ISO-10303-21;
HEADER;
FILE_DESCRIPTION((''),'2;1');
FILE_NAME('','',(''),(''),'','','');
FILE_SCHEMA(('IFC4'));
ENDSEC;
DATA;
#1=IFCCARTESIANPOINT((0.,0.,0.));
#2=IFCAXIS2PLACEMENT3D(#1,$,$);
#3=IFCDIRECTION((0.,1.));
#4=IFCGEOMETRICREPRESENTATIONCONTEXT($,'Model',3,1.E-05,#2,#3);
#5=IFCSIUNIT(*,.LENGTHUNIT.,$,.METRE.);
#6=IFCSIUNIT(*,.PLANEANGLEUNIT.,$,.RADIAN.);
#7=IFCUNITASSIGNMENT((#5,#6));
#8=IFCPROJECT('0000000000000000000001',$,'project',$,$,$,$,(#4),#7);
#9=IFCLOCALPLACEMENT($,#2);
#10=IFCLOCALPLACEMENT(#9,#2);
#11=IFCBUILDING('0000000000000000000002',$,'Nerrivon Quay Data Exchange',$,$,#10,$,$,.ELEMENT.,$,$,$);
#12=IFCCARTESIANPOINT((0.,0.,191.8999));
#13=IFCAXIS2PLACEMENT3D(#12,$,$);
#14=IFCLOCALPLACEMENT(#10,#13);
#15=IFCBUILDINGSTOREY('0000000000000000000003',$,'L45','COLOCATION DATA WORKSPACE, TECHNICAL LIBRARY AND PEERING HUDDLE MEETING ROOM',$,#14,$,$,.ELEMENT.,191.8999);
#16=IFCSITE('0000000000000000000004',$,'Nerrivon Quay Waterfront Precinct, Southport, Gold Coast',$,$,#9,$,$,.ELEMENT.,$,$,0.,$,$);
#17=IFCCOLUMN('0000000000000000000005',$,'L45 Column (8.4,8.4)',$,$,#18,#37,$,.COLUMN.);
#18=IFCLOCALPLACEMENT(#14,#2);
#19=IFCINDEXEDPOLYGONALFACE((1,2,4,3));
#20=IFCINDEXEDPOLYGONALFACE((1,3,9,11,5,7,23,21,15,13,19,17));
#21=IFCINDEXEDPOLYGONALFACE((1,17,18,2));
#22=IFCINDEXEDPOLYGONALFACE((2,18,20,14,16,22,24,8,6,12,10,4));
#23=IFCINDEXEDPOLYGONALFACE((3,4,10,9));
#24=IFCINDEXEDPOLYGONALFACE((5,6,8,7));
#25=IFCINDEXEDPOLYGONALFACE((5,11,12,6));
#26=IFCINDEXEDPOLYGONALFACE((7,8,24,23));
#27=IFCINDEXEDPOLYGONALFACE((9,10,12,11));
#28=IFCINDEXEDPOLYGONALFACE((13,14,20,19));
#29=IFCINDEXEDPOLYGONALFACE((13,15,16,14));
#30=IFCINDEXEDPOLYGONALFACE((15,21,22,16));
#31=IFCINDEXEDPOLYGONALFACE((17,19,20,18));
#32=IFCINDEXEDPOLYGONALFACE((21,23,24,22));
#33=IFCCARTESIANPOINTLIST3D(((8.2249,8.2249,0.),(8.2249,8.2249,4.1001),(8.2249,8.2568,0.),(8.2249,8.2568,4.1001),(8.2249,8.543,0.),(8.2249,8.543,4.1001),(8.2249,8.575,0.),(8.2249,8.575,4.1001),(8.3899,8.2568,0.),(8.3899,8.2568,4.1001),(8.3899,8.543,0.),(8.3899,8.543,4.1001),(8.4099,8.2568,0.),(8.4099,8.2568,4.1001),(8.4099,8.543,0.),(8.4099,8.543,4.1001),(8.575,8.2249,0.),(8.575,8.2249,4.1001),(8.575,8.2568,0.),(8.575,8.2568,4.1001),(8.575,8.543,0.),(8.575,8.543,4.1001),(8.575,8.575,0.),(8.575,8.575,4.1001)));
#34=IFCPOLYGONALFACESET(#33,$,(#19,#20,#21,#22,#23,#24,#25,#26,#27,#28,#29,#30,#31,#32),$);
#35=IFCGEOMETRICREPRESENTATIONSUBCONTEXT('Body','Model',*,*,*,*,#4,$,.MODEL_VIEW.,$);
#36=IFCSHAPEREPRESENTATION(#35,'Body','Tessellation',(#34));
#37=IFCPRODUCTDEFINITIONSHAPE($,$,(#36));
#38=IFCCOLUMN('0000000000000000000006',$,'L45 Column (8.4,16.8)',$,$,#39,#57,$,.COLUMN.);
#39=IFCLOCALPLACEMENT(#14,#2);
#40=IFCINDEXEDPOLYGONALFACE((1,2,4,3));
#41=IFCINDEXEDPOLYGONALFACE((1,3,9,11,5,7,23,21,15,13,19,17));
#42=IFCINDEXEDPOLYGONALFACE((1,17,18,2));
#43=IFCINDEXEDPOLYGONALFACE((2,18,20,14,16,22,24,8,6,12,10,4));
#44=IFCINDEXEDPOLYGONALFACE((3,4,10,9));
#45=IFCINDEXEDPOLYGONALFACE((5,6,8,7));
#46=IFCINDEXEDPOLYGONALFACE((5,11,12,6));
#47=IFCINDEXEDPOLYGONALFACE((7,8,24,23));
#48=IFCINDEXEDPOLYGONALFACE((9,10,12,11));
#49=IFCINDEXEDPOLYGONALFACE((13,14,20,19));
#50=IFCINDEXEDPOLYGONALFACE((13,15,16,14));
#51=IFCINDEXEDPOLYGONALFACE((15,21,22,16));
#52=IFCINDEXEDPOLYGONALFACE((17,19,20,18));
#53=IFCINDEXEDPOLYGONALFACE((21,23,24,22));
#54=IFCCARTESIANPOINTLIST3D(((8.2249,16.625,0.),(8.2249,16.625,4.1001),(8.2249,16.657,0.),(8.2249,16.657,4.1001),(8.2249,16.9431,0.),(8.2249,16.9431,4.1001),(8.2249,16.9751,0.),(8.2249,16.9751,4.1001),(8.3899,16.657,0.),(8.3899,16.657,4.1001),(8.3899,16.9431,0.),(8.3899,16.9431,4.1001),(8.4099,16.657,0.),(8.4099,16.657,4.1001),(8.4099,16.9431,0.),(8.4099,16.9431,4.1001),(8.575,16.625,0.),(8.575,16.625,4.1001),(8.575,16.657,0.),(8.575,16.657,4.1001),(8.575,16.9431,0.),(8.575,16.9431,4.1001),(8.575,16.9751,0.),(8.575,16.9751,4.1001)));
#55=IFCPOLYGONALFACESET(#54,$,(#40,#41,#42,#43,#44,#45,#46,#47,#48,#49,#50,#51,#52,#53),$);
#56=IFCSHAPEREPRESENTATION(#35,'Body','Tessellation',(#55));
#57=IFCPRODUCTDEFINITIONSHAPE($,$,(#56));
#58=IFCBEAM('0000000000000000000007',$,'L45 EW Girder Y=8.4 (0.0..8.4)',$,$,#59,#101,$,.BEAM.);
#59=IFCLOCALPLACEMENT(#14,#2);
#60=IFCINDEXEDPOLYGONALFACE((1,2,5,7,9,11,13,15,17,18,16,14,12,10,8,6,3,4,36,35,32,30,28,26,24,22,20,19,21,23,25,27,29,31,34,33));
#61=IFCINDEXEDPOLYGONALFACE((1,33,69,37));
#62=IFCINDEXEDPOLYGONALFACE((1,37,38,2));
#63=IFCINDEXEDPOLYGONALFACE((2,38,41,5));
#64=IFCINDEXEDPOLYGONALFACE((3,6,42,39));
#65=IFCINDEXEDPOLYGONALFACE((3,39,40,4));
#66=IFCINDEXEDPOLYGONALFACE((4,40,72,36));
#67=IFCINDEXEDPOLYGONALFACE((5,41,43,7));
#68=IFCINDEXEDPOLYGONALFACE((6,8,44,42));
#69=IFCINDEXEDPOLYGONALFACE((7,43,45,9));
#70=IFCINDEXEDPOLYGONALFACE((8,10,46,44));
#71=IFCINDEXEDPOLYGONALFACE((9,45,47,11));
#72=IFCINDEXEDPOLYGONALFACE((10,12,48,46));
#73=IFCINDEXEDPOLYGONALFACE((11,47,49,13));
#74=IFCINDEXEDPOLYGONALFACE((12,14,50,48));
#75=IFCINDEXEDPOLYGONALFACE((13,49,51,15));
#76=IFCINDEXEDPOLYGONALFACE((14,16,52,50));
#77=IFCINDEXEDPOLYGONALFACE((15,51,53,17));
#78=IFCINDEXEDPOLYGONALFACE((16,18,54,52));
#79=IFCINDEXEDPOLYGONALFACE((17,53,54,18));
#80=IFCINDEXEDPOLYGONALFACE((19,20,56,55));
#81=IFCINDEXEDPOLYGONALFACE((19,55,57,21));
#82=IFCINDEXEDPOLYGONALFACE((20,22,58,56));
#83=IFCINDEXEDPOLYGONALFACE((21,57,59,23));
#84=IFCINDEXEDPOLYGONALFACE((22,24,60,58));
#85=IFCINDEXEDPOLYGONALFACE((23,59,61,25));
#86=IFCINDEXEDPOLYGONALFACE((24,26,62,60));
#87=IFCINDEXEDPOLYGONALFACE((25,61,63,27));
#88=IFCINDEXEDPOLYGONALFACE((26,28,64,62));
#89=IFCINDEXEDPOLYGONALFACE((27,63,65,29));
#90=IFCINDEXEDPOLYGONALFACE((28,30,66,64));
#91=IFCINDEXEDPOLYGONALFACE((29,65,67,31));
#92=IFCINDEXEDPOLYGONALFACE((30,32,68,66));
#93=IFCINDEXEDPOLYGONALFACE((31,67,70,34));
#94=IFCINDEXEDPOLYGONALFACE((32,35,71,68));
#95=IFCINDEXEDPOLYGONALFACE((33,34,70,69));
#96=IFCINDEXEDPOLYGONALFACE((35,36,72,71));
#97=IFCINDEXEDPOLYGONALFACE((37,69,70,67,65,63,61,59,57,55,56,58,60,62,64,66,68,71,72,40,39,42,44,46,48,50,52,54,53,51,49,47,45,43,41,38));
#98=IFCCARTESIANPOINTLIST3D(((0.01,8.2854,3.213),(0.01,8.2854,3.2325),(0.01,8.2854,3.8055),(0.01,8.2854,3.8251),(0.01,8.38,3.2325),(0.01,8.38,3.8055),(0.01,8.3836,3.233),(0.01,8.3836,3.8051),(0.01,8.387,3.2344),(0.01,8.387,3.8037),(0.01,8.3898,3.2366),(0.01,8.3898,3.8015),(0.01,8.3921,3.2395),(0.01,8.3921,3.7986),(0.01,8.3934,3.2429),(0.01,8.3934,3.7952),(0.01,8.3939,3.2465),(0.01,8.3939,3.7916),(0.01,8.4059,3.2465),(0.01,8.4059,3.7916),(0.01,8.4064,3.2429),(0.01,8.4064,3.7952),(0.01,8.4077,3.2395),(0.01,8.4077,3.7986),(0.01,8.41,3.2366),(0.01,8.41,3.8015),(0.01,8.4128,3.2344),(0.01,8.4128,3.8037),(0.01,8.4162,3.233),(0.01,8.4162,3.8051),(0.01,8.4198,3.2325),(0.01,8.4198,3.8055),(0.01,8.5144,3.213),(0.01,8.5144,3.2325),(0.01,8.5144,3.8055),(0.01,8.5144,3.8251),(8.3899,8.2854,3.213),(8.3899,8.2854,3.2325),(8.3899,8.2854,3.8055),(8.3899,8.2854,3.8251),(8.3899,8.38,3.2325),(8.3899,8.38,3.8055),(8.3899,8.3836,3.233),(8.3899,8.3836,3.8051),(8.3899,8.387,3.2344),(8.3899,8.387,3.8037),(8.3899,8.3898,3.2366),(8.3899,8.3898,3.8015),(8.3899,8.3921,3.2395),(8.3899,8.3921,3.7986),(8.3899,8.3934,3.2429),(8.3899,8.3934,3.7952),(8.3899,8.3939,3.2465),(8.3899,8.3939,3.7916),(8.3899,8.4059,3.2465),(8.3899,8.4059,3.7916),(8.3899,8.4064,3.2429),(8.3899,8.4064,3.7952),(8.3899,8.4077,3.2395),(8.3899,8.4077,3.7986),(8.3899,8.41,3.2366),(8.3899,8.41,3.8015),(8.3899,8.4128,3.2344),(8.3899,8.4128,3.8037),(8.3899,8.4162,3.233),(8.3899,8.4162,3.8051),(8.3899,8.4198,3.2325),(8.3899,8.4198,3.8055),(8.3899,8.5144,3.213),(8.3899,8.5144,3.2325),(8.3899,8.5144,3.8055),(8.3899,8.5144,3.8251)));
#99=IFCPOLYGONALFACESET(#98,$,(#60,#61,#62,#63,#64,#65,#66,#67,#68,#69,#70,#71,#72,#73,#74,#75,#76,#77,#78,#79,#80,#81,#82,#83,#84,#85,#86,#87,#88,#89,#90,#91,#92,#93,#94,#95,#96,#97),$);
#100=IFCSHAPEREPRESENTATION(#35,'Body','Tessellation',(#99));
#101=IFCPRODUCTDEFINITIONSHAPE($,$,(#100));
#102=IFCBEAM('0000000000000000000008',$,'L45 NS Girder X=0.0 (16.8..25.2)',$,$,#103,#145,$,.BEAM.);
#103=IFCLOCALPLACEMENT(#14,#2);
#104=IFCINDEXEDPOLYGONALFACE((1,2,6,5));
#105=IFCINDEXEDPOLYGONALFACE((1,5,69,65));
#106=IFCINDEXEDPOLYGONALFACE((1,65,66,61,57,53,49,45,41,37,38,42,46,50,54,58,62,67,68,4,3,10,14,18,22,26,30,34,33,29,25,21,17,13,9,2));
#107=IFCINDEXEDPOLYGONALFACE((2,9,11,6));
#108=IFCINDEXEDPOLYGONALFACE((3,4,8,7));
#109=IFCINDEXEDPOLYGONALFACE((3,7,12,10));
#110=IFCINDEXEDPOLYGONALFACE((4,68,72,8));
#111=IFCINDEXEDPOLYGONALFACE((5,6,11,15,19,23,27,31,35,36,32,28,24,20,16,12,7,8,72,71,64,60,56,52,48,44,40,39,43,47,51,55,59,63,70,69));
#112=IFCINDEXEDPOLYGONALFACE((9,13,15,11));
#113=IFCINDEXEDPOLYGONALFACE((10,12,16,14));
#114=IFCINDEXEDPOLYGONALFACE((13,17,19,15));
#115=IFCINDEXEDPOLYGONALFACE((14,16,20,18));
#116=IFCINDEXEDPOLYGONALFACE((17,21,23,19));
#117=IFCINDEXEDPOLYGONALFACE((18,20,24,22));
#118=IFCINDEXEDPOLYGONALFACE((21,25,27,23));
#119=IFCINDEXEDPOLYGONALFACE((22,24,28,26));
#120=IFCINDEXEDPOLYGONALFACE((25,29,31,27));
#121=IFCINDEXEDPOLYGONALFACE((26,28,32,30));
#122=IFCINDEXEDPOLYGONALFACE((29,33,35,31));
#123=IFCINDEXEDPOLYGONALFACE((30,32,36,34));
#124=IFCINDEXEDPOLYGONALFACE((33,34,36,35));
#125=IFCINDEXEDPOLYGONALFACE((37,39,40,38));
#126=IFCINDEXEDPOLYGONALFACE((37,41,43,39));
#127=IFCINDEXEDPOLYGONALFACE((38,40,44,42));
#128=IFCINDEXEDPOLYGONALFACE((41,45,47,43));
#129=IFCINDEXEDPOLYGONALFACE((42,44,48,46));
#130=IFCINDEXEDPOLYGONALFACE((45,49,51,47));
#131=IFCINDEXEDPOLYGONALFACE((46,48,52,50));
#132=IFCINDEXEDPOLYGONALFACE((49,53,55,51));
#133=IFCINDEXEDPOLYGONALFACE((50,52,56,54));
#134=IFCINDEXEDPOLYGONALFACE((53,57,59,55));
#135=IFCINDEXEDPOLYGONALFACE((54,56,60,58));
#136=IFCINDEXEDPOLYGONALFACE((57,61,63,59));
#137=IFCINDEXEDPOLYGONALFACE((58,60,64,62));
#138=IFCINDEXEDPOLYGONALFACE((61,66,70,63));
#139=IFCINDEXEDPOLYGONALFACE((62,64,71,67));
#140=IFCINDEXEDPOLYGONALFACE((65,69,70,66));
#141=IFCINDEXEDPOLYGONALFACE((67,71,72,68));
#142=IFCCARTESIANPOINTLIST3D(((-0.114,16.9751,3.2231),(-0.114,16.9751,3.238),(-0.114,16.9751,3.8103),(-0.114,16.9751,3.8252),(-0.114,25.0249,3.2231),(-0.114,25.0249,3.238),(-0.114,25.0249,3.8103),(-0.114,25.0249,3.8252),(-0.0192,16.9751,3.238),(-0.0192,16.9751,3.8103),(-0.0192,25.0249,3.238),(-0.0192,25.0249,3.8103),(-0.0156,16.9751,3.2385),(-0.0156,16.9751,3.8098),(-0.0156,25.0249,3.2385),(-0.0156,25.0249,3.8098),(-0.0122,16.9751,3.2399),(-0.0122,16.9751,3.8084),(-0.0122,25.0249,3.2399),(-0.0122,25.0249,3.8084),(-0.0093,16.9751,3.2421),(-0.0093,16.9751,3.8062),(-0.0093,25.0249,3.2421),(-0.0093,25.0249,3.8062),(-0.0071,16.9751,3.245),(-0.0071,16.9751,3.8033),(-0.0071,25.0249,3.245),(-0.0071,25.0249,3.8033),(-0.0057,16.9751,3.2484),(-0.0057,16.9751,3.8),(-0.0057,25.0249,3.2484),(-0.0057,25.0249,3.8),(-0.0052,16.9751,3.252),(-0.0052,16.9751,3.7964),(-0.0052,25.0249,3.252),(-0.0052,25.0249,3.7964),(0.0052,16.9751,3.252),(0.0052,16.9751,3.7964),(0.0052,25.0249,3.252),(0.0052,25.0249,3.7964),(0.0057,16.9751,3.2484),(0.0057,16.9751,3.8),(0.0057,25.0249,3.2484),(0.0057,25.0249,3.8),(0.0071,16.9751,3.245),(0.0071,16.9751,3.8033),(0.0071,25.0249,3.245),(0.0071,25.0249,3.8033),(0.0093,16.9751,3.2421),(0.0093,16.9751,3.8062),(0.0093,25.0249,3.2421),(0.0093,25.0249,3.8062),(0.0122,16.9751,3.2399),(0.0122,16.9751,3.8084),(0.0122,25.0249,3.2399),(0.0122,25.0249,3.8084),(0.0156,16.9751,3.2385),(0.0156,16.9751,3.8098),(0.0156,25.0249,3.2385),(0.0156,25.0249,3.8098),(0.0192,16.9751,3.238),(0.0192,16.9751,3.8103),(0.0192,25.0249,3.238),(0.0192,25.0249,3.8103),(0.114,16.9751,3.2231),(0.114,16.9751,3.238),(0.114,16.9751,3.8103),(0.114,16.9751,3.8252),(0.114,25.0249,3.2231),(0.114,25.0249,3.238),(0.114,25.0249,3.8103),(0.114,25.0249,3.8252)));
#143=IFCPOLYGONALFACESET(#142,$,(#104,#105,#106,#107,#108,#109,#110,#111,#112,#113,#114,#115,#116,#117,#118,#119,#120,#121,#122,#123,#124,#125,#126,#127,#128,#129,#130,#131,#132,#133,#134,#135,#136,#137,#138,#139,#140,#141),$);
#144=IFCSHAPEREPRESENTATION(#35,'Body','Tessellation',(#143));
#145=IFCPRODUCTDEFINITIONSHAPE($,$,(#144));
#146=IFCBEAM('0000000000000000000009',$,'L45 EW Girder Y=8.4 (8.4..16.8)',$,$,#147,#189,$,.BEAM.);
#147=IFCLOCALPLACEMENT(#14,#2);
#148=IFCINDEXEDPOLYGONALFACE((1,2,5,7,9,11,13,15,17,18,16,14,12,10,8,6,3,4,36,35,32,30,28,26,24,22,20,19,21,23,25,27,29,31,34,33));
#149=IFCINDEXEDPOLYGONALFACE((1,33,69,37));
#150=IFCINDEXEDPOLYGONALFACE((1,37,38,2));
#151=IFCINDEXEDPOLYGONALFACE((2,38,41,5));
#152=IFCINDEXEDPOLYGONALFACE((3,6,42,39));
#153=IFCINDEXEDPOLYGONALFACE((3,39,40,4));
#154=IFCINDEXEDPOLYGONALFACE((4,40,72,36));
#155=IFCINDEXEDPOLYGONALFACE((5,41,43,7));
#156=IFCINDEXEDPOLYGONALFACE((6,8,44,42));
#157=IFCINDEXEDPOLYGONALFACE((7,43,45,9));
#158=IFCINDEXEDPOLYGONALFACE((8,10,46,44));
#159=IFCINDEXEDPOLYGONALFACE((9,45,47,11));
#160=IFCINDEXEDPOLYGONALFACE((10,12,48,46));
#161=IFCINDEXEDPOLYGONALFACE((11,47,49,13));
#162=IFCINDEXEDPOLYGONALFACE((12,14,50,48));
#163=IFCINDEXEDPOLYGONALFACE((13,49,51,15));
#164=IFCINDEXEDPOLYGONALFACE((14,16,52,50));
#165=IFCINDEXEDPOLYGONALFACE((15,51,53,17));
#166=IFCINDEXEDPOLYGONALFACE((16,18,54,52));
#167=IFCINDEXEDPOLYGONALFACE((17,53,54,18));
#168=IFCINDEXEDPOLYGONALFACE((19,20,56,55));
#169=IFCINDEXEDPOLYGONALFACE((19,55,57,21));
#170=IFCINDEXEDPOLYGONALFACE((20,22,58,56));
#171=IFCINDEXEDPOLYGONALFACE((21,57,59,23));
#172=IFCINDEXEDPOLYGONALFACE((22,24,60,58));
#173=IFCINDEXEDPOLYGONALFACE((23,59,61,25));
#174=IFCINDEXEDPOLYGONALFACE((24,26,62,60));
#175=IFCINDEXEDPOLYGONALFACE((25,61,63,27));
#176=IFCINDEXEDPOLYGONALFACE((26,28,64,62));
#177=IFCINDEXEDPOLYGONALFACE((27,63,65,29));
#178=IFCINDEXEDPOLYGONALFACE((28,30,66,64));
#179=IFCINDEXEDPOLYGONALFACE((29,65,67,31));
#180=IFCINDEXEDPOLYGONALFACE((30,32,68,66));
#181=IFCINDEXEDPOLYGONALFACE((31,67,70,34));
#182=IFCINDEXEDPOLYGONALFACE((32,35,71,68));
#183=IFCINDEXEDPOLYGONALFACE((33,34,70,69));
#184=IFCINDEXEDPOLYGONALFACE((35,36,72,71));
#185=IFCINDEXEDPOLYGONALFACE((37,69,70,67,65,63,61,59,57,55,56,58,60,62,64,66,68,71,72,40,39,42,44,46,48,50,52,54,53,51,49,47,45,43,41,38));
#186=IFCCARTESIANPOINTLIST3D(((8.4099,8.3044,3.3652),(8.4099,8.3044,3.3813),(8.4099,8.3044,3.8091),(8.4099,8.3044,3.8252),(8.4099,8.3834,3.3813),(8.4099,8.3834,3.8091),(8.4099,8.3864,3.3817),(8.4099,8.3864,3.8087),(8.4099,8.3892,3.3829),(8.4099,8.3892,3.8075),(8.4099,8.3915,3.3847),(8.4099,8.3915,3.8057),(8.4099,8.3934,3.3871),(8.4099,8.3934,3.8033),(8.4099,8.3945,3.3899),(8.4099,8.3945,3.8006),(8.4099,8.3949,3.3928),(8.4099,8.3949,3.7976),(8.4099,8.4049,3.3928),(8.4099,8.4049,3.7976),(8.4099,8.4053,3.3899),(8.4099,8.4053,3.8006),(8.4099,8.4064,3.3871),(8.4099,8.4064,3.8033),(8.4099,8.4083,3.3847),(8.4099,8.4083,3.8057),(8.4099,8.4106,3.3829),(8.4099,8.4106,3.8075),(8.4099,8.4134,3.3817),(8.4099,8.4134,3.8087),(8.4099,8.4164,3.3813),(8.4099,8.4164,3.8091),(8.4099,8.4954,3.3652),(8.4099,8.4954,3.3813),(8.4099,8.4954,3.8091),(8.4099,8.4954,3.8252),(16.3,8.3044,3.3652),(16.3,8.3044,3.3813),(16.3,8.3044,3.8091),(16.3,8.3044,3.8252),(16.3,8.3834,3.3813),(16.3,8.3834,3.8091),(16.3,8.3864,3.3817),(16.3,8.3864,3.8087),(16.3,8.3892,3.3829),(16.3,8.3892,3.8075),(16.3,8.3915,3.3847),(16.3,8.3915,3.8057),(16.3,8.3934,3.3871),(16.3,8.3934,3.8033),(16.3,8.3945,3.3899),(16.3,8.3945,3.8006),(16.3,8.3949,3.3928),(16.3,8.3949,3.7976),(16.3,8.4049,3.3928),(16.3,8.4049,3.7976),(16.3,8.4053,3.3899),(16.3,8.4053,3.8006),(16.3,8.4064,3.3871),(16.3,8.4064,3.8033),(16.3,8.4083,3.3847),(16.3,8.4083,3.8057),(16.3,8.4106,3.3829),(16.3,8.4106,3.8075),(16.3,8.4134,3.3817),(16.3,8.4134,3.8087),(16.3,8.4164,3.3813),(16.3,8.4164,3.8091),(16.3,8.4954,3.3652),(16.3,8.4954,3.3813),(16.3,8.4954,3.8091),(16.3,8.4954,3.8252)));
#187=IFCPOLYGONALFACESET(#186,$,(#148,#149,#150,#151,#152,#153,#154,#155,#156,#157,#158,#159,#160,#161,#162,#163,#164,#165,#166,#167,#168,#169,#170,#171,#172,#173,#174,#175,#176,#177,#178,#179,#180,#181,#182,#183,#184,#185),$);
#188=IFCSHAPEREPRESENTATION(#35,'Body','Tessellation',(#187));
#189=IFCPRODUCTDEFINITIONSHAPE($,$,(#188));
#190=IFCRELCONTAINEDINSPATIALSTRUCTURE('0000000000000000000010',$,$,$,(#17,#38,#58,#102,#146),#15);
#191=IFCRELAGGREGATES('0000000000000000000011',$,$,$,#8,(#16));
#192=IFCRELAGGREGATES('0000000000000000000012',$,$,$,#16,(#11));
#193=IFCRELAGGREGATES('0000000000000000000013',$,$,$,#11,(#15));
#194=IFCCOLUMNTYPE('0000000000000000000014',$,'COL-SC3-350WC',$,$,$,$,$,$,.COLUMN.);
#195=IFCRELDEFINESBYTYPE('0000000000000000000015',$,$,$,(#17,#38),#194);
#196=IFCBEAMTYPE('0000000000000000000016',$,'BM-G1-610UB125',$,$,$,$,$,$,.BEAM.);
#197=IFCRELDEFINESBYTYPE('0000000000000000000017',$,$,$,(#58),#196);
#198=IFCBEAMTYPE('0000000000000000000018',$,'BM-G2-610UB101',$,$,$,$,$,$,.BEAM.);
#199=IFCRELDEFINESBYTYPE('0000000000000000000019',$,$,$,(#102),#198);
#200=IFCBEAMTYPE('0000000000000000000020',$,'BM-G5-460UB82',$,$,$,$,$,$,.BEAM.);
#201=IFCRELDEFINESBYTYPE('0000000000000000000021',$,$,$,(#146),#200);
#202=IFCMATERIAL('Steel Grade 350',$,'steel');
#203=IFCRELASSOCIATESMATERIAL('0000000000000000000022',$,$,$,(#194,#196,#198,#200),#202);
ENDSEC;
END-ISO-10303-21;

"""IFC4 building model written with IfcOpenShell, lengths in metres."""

from ifc_helpers import new_model, si_unit, direction, frame, origin, origin_2d, place, context, subcontext, project, spatial, i_section, extrude, material, material_profile, profile_set, type_object, element, save


model = new_model("IFC4")

# Units and contexts
model_context = context("Model", 3, precision=1e-05, world=origin(), true_north=direction((0.0, 1.0)))
body_context = subcontext(model_context, "Body", "Model", "MODEL_VIEW")
ifc_project = project(units=[si_unit("LENGTHUNIT", "METRE"), si_unit("PLANEANGLEUNIT", "RADIAN")], contexts=[model_context])

# Site, building, storey
site_placement = place(None, origin())
site = spatial("IfcSite", under=ifc_project, at=site_placement, Name="Nerrivon Quay Waterfront Precinct, Southport, Gold Coast", CompositionType="ELEMENT", RefElevation=0.0)
building_placement = place(site_placement, origin())
building = spatial("IfcBuilding", under=site, at=building_placement, Name="Nerrivon Quay Data Exchange", CompositionType="ELEMENT")
storey_placement = place(building_placement, frame((0.0, 0.0, 191.8999)))
storey = spatial("IfcBuildingStorey", under=building, at=storey_placement, Name="L45", Description="COLOCATION DATA WORKSPACE, TECHNICAL LIBRARY AND PEERING HUDDLE MEETING ROOM", CompositionType="ELEMENT", Elevation=191.8999)

# Columns
ifc_material_1 = material(Name="Steel Grade 350", Category="steel")
ifc_material_profile_1 = material_profile(ifc_material_1, i_section(OverallWidth=0.3501, OverallDepth=0.3501, WebThickness=0.02, FlangeThickness=0.032, at=origin_2d()), Name="350WC230")
ifc_profile_set_1 = profile_set([ifc_material_profile_1], Name="Steel Grade 350")
column_type = type_object("IfcColumnType", Name="COL-SC3-350WC", PredefinedType="COLUMN", material=ifc_profile_set_1)
for number, where, z_axis, x_axis, name in (
    (1, (8.3999, 8.3999, 0.0), (0.0, 0.0, 1.0), (1.0, 0.0, 0.0), "L45 Column (8.4,8.4)"),
    (2, (8.3999, 16.8, 0.0), (0.0, 0.0, 1.0), (1.0, 0.0, 0.0), "L45 Column (8.4,16.8)"),
):
    element("IfcColumn", number, at=place(storey_placement, frame(where, z_axis=z_axis, x_axis=x_axis)), inside=storey, type_object=column_type, Name=name, PredefinedType="COLUMN", context=body_context, shape_type="SweptSolid", body=[
        extrude(i_section(OverallWidth=0.3501, OverallDepth=0.3501, WebThickness=0.02, FlangeThickness=0.032, at=origin_2d()), origin(), (0.0, 0.0, 1.0), 4.1001),
    ])

# Beams
ifc_material_profile_2 = material_profile(ifc_material_1, i_section(OverallWidth=0.229, OverallDepth=0.6121, WebThickness=0.012, FlangeThickness=0.0195, FilletRadius=0.0139, at=origin_2d()), Name="610UB125")
ifc_profile_set_2 = profile_set([ifc_material_profile_2], Name="Steel Grade 350")
beam_type_1 = type_object("IfcBeamType", Name="BM-G1-610UB125", PredefinedType="BEAM", material=ifc_profile_set_2)
beam_1_placement = place(storey_placement, frame((0.01, 8.3999, 3.519), z_axis=(1.0, 0.0, 0.0), x_axis=(0.0, 1.0, 0.0)))
element("IfcBeam", 3, at=beam_1_placement, inside=storey, type_object=beam_type_1, Name="L45 EW Girder Y=8.4 (0.0..8.4)", PredefinedType="BEAM", context=body_context, shape_type="SweptSolid", body=[
    extrude(i_section(OverallWidth=0.229, OverallDepth=0.6121, WebThickness=0.012, FlangeThickness=0.0195, FilletRadius=0.0139, at=origin_2d()), origin(), (0.0, 0.0, 1.0), 8.3799),
])
ifc_material_profile_3 = material_profile(ifc_material_1, i_section(OverallWidth=0.228, OverallDepth=0.6021, WebThickness=0.0105, FlangeThickness=0.0149, FilletRadius=0.0139, at=origin_2d()), Name="610UB101")
ifc_profile_set_3 = profile_set([ifc_material_profile_3], Name="Steel Grade 350")
beam_type_2 = type_object("IfcBeamType", Name="BM-G2-610UB101", PredefinedType="BEAM", material=ifc_profile_set_3)
beam_2_placement = place(storey_placement, frame((0.0, 16.9751, 3.5242), z_axis=(0.0, 1.0, 0.0), x_axis=(-1.0, 0.0, 0.0)))
element("IfcBeam", 4, at=beam_2_placement, inside=storey, type_object=beam_type_2, Name="L45 NS Girder X=0.0 (16.8..25.2)", PredefinedType="BEAM", context=body_context, shape_type="SweptSolid", body=[
    extrude(i_section(OverallWidth=0.228, OverallDepth=0.6021, WebThickness=0.0105, FlangeThickness=0.0149, FilletRadius=0.0139, at=origin_2d()), origin(), (0.0, 0.0, 1.0), 8.0498),
])
ifc_material_profile_4 = material_profile(ifc_material_1, i_section(OverallWidth=0.1909, OverallDepth=0.46, WebThickness=0.01, FlangeThickness=0.0161, FilletRadius=0.0115, at=origin_2d()), Name="460UB82.1")
ifc_profile_set_4 = profile_set([ifc_material_profile_4], Name="Steel Grade 350")
beam_type_3 = type_object("IfcBeamType", Name="BM-G5-460UB82", PredefinedType="BEAM", material=ifc_profile_set_4)
beam_3_placement = place(storey_placement, frame((8.4099, 8.3999, 3.5952), z_axis=(1.0, 0.0, 0.0), x_axis=(0.0, 1.0, 0.0)))
element("IfcBeam", 5, at=beam_3_placement, inside=storey, type_object=beam_type_3, Name="L45 EW Girder Y=8.4 (8.4..16.8)", PredefinedType="BEAM", context=body_context, shape_type="SweptSolid", body=[
    extrude(i_section(OverallWidth=0.1909, OverallDepth=0.46, WebThickness=0.01, FlangeThickness=0.0161, FilletRadius=0.0115, at=origin_2d()), origin(), (0.0, 0.0, 1.0), 7.8901),
])

save(model, "model.ifc")
